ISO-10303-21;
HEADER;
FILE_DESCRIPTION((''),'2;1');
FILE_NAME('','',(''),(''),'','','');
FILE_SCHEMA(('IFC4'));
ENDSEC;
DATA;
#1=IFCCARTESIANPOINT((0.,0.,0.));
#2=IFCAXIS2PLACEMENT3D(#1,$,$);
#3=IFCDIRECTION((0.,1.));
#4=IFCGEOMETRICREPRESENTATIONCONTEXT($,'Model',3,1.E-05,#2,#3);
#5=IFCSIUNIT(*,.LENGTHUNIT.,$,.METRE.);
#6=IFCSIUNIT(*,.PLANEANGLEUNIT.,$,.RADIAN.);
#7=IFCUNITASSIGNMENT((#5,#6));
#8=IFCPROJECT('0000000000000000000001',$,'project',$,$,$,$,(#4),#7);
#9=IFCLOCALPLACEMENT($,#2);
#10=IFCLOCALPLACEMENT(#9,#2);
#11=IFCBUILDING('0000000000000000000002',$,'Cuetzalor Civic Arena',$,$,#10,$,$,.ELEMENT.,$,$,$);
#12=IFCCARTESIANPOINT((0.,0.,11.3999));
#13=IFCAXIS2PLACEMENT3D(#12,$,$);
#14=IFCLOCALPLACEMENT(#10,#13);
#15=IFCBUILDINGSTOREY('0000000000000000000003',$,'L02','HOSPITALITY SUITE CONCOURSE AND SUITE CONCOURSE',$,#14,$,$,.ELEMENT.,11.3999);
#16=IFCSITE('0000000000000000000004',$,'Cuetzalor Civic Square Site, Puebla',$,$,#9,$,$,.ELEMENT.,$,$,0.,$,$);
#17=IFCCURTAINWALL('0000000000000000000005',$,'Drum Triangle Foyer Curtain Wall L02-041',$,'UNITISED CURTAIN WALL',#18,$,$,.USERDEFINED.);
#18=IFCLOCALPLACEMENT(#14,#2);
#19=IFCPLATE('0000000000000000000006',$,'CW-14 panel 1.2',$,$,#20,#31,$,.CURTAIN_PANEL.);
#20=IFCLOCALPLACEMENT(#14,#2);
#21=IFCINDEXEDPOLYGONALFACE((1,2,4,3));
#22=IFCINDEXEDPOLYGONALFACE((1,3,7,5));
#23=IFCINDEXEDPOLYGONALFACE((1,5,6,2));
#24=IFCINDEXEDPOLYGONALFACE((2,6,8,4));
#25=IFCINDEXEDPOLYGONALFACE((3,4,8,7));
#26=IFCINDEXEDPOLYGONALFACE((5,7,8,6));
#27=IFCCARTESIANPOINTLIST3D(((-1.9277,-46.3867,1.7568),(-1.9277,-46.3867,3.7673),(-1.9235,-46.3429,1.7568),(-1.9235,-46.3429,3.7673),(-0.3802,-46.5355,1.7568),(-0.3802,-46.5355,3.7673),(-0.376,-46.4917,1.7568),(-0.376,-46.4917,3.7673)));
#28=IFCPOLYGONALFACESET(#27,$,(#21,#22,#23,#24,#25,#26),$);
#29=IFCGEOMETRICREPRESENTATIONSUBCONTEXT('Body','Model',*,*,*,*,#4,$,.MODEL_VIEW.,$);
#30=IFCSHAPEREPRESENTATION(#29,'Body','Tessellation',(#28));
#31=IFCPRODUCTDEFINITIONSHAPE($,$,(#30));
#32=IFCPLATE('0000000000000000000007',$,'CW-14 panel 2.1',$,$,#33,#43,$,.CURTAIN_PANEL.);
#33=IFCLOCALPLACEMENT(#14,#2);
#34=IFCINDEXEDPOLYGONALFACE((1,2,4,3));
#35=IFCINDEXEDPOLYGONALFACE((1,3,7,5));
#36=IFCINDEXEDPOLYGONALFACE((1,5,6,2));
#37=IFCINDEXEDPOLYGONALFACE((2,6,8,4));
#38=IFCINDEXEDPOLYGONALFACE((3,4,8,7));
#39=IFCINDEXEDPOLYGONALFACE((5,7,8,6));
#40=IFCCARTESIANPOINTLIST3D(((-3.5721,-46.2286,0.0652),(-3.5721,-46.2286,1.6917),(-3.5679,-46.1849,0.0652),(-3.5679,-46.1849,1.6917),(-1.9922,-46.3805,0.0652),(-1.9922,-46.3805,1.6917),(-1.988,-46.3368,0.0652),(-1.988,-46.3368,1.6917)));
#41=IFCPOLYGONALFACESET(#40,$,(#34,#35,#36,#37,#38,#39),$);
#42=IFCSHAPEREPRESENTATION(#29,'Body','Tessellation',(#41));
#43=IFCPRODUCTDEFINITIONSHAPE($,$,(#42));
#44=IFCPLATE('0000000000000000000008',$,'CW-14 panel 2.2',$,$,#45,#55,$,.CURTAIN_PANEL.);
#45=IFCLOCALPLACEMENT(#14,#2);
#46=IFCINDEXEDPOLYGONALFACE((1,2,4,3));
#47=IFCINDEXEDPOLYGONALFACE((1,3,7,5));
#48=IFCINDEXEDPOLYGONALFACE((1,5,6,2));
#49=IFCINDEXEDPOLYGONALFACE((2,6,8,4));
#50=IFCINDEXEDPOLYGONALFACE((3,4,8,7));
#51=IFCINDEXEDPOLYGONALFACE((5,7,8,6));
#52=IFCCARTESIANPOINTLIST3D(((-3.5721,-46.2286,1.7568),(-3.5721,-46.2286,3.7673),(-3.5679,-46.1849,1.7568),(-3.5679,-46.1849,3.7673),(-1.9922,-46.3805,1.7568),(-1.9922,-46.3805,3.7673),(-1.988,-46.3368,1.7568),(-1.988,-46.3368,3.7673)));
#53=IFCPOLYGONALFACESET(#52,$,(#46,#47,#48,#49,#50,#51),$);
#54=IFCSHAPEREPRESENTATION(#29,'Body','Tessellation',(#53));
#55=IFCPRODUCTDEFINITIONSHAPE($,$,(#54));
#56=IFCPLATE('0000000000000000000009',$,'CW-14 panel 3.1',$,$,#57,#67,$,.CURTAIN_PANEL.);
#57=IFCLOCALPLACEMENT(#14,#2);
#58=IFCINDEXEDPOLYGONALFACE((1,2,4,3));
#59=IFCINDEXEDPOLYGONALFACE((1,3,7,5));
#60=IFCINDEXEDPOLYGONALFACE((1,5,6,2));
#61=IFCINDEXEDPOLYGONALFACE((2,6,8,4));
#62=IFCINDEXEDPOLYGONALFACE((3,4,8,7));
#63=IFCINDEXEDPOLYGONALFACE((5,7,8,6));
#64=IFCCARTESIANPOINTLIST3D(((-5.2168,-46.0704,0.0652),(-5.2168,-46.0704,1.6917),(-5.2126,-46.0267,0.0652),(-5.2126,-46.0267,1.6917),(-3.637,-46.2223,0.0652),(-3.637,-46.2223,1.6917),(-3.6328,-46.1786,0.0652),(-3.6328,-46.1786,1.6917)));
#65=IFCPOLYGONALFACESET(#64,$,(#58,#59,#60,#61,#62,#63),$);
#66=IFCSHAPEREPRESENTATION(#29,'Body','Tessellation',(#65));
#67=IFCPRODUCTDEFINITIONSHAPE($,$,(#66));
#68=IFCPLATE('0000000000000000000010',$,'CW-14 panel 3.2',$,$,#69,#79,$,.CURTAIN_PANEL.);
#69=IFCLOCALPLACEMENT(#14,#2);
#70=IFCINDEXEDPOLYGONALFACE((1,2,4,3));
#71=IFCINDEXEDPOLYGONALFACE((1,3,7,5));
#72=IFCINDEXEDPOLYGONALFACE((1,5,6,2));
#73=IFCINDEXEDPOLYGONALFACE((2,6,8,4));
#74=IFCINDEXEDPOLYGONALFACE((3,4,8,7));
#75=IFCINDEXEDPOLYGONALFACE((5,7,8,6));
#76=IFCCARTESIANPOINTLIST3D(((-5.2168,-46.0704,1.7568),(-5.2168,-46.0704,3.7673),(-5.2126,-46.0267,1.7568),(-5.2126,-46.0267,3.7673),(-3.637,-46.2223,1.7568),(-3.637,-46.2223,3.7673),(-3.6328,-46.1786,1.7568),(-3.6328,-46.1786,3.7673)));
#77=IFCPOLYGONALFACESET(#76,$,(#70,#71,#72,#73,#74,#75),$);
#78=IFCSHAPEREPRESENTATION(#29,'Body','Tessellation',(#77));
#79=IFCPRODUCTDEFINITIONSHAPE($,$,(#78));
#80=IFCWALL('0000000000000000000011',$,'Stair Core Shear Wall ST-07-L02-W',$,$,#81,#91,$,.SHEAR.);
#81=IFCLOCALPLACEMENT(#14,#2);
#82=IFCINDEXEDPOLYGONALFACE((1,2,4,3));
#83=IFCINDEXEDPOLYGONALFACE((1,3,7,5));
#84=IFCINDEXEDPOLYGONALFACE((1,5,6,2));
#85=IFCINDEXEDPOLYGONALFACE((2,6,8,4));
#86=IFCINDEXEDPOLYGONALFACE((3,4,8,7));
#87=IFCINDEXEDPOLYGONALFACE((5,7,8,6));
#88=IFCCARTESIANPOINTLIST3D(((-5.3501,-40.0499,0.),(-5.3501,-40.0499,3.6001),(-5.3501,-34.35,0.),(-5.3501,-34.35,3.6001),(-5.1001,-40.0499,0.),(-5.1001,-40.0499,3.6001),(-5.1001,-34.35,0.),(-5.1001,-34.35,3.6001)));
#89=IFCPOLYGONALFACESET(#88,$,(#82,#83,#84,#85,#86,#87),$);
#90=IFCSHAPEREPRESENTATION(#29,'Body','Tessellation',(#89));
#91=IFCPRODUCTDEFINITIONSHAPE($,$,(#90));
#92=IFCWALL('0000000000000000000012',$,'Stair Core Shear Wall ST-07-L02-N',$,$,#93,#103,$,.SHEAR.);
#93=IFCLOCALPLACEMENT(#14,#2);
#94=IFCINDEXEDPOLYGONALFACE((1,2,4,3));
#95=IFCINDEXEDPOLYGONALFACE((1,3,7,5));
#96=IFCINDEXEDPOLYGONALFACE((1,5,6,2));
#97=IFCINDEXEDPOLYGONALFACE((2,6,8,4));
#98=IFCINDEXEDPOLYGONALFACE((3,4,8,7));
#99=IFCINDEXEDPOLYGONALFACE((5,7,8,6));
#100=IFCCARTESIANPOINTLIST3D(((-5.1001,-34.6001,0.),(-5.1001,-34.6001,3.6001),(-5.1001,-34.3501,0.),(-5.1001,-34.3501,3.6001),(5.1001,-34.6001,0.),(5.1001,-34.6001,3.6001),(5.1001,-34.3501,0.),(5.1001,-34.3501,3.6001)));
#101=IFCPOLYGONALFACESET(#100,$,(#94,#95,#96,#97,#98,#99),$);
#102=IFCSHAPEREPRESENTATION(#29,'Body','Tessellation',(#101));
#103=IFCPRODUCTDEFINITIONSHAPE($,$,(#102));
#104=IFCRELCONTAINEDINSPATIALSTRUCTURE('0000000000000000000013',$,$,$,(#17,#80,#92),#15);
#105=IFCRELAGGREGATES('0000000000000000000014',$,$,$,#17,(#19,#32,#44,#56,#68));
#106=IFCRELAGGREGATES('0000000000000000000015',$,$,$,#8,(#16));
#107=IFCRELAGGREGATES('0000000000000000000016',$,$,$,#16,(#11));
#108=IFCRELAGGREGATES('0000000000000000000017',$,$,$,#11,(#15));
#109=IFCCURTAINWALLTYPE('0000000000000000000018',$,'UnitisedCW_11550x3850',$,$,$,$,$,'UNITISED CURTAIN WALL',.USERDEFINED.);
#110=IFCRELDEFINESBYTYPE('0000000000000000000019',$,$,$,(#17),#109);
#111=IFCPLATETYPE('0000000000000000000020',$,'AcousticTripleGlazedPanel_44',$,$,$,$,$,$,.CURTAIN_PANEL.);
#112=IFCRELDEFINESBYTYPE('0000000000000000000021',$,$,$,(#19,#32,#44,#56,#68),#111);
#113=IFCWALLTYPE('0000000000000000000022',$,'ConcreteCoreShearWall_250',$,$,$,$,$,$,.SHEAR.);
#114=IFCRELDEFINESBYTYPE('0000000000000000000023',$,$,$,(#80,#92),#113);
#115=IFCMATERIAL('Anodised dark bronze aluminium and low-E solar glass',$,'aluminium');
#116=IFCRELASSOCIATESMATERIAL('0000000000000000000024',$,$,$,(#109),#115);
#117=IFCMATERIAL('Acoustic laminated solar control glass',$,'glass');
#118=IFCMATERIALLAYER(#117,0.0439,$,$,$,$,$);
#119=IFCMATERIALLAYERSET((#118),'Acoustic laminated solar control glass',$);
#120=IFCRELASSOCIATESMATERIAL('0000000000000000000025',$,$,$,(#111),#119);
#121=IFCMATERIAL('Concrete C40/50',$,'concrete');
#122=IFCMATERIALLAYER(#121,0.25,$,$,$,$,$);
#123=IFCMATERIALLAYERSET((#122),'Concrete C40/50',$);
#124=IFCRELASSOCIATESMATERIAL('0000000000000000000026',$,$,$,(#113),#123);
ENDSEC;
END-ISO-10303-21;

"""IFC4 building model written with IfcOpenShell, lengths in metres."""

from ifc_helpers import new_model, si_unit, direction, frame, frame_2d, origin, origin_2d, place, context, subcontext, project, spatial, rectangle, extrude, material, layer, layer_set, type_object, element, aggregate, save


model = new_model("IFC4")

# Units and contexts
model_context = context("Model", 3, precision=1e-05, world=origin(), true_north=direction((0.0, 1.0)))
body_context = subcontext(model_context, "Body", "Model", "MODEL_VIEW")
ifc_project = project(units=[si_unit("LENGTHUNIT", "METRE"), si_unit("PLANEANGLEUNIT", "RADIAN")], contexts=[model_context])

# Site, building, storey
site_placement = place(None, origin())
site = spatial("IfcSite", under=ifc_project, at=site_placement, Name="Cuetzalor Civic Square Site, Puebla", CompositionType="ELEMENT", RefElevation=0.0)
building_placement = place(site_placement, origin())
building = spatial("IfcBuilding", under=site, at=building_placement, Name="Cuetzalor Civic Arena", CompositionType="ELEMENT")
storey_placement = place(building_placement, frame((0.0, 0.0, 11.3999)))
storey = spatial("IfcBuildingStorey", under=building, at=storey_placement, Name="L02", Description="HOSPITALITY SUITE CONCOURSE AND SUITE CONCOURSE", CompositionType="ELEMENT", Elevation=11.3999)

# Curtain wall, plates
ifc_material_1 = material(Name="Anodised dark bronze aluminium and low-E solar glass", Category="aluminium")
curtain_wall_type = type_object("IfcCurtainWallType", Name="UnitisedCW_11550x3850", ElementType="UNITISED CURTAIN WALL", PredefinedType="USERDEFINED", material=ifc_material_1)
curtain_wall_placement = place(storey_placement, origin())
curtain_wall = element("IfcCurtainWall", 1, at=curtain_wall_placement, inside=storey, type_object=curtain_wall_type, Name="Drum Triangle Foyer Curtain Wall L02-041", ObjectType="UNITISED CURTAIN WALL", PredefinedType="USERDEFINED")
ifc_material_2 = material(Name="Acoustic laminated solar control glass", Category="glass")
ifc_layer_1 = layer(ifc_material_2, 0.0439)
ifc_layer_set_1 = layer_set([ifc_layer_1], Name="Acoustic laminated solar control glass")
plate_type = type_object("IfcPlateType", Name="AcousticTripleGlazedPanel_44", PredefinedType="CURTAIN_PANEL", material=ifc_layer_set_1)
plate_1_placement = place(storey_placement, frame((-1.1519, -46.4392, 1.7568), z_axis=(0.0, 0.0, 1.0), x_axis=(-0.995409, 0.095711, 0.0)))
plate_1 = element("IfcPlate", 2, at=plate_1_placement, type_object=plate_type, Name="CW-14 panel 1.2", PredefinedType="CURTAIN_PANEL", context=body_context, shape_type="SweptSolid", body=[
    extrude(rectangle(XDim=1.5547, YDim=0.0439, at=origin_2d()), origin(), (0.0, 0.0, 1.0), 2.0105),
])
plate_2_placement = place(storey_placement, frame((-2.78, -46.2827, 0.0652), z_axis=(0.0, 0.0, 1.0), x_axis=(-0.995409, 0.095711, 0.0)))
plate_2 = element("IfcPlate", 3, at=plate_2_placement, type_object=plate_type, Name="CW-14 panel 2.1", PredefinedType="CURTAIN_PANEL", context=body_context, shape_type="SweptSolid", body=[
    extrude(rectangle(XDim=1.5872, YDim=0.0439, at=origin_2d()), origin(), (0.0, 0.0, 1.0), 1.6265),
])
plate_3_placement = place(storey_placement, frame((-2.78, -46.2827, 1.7568), z_axis=(0.0, 0.0, 1.0), x_axis=(-0.995409, 0.095711, 0.0)))
plate_3 = element("IfcPlate", 4, at=plate_3_placement, type_object=plate_type, Name="CW-14 panel 2.2", PredefinedType="CURTAIN_PANEL", context=body_context, shape_type="SweptSolid", body=[
    extrude(rectangle(XDim=1.5872, YDim=0.0439, at=origin_2d()), origin(), (0.0, 0.0, 1.0), 2.0105),
])
plate_4_placement = place(storey_placement, frame((-4.4248, -46.1245, 0.0652), z_axis=(0.0, 0.0, 1.0), x_axis=(-0.995409, 0.095711, 0.0)))
plate_4 = element("IfcPlate", 5, at=plate_4_placement, type_object=plate_type, Name="CW-14 panel 3.1", PredefinedType="CURTAIN_PANEL", context=body_context, shape_type="SweptSolid", body=[
    extrude(rectangle(XDim=1.5872, YDim=0.0439, at=origin_2d()), origin(), (0.0, 0.0, 1.0), 1.6265),
])
plate_5_placement = place(storey_placement, frame((-4.4248, -46.1245, 1.7568), z_axis=(0.0, 0.0, 1.0), x_axis=(-0.995409, 0.095711, 0.0)))
plate_5 = element("IfcPlate", 6, at=plate_5_placement, type_object=plate_type, Name="CW-14 panel 3.2", PredefinedType="CURTAIN_PANEL", context=body_context, shape_type="SweptSolid", body=[
    extrude(rectangle(XDim=1.5872, YDim=0.0439, at=origin_2d()), origin(), (0.0, 0.0, 1.0), 2.0105),
])
aggregate(curtain_wall, [plate_1, plate_2, plate_3, plate_4, plate_5])

# Walls
ifc_material_3 = material(Name="Concrete C40/50", Category="concrete")
ifc_layer_2 = layer(ifc_material_3, 0.25)
ifc_layer_set_2 = layer_set([ifc_layer_2], Name="Concrete C40/50")
wall_type = type_object("IfcWallType", Name="ConcreteCoreShearWall_250", PredefinedType="SHEAR", material=ifc_layer_set_2)
wall_1_placement = place(storey_placement, frame((-5.2251, -40.05, 0.0), z_axis=(0.0, 0.0, 1.0), x_axis=(0.0, 1.0, 0.0)))
element("IfcWall", 7, at=wall_1_placement, inside=storey, type_object=wall_type, Name="Stair Core Shear Wall ST-07-L02-W", PredefinedType="SHEAR", context=body_context, shape_type="SweptSolid", body=[
    extrude(rectangle(XDim=5.7, YDim=0.25, at=frame_2d((2.8501, 0.0))), origin(), (0.0, 0.0, 1.0), 3.6001),
])
wall_2_placement = place(storey_placement, frame((-5.1001, -34.4751, 0.0), z_axis=(0.0, 0.0, 1.0), x_axis=(1.0, 0.0, 0.0)))
element("IfcWall", 8, at=wall_2_placement, inside=storey, type_object=wall_type, Name="Stair Core Shear Wall ST-07-L02-N", PredefinedType="SHEAR", context=body_context, shape_type="SweptSolid", body=[
    extrude(rectangle(XDim=10.2002, YDim=0.25, at=frame_2d((5.1001, 0.0))), origin(), (0.0, 0.0, 1.0), 3.6001),
])

save(model, "model.ifc")
